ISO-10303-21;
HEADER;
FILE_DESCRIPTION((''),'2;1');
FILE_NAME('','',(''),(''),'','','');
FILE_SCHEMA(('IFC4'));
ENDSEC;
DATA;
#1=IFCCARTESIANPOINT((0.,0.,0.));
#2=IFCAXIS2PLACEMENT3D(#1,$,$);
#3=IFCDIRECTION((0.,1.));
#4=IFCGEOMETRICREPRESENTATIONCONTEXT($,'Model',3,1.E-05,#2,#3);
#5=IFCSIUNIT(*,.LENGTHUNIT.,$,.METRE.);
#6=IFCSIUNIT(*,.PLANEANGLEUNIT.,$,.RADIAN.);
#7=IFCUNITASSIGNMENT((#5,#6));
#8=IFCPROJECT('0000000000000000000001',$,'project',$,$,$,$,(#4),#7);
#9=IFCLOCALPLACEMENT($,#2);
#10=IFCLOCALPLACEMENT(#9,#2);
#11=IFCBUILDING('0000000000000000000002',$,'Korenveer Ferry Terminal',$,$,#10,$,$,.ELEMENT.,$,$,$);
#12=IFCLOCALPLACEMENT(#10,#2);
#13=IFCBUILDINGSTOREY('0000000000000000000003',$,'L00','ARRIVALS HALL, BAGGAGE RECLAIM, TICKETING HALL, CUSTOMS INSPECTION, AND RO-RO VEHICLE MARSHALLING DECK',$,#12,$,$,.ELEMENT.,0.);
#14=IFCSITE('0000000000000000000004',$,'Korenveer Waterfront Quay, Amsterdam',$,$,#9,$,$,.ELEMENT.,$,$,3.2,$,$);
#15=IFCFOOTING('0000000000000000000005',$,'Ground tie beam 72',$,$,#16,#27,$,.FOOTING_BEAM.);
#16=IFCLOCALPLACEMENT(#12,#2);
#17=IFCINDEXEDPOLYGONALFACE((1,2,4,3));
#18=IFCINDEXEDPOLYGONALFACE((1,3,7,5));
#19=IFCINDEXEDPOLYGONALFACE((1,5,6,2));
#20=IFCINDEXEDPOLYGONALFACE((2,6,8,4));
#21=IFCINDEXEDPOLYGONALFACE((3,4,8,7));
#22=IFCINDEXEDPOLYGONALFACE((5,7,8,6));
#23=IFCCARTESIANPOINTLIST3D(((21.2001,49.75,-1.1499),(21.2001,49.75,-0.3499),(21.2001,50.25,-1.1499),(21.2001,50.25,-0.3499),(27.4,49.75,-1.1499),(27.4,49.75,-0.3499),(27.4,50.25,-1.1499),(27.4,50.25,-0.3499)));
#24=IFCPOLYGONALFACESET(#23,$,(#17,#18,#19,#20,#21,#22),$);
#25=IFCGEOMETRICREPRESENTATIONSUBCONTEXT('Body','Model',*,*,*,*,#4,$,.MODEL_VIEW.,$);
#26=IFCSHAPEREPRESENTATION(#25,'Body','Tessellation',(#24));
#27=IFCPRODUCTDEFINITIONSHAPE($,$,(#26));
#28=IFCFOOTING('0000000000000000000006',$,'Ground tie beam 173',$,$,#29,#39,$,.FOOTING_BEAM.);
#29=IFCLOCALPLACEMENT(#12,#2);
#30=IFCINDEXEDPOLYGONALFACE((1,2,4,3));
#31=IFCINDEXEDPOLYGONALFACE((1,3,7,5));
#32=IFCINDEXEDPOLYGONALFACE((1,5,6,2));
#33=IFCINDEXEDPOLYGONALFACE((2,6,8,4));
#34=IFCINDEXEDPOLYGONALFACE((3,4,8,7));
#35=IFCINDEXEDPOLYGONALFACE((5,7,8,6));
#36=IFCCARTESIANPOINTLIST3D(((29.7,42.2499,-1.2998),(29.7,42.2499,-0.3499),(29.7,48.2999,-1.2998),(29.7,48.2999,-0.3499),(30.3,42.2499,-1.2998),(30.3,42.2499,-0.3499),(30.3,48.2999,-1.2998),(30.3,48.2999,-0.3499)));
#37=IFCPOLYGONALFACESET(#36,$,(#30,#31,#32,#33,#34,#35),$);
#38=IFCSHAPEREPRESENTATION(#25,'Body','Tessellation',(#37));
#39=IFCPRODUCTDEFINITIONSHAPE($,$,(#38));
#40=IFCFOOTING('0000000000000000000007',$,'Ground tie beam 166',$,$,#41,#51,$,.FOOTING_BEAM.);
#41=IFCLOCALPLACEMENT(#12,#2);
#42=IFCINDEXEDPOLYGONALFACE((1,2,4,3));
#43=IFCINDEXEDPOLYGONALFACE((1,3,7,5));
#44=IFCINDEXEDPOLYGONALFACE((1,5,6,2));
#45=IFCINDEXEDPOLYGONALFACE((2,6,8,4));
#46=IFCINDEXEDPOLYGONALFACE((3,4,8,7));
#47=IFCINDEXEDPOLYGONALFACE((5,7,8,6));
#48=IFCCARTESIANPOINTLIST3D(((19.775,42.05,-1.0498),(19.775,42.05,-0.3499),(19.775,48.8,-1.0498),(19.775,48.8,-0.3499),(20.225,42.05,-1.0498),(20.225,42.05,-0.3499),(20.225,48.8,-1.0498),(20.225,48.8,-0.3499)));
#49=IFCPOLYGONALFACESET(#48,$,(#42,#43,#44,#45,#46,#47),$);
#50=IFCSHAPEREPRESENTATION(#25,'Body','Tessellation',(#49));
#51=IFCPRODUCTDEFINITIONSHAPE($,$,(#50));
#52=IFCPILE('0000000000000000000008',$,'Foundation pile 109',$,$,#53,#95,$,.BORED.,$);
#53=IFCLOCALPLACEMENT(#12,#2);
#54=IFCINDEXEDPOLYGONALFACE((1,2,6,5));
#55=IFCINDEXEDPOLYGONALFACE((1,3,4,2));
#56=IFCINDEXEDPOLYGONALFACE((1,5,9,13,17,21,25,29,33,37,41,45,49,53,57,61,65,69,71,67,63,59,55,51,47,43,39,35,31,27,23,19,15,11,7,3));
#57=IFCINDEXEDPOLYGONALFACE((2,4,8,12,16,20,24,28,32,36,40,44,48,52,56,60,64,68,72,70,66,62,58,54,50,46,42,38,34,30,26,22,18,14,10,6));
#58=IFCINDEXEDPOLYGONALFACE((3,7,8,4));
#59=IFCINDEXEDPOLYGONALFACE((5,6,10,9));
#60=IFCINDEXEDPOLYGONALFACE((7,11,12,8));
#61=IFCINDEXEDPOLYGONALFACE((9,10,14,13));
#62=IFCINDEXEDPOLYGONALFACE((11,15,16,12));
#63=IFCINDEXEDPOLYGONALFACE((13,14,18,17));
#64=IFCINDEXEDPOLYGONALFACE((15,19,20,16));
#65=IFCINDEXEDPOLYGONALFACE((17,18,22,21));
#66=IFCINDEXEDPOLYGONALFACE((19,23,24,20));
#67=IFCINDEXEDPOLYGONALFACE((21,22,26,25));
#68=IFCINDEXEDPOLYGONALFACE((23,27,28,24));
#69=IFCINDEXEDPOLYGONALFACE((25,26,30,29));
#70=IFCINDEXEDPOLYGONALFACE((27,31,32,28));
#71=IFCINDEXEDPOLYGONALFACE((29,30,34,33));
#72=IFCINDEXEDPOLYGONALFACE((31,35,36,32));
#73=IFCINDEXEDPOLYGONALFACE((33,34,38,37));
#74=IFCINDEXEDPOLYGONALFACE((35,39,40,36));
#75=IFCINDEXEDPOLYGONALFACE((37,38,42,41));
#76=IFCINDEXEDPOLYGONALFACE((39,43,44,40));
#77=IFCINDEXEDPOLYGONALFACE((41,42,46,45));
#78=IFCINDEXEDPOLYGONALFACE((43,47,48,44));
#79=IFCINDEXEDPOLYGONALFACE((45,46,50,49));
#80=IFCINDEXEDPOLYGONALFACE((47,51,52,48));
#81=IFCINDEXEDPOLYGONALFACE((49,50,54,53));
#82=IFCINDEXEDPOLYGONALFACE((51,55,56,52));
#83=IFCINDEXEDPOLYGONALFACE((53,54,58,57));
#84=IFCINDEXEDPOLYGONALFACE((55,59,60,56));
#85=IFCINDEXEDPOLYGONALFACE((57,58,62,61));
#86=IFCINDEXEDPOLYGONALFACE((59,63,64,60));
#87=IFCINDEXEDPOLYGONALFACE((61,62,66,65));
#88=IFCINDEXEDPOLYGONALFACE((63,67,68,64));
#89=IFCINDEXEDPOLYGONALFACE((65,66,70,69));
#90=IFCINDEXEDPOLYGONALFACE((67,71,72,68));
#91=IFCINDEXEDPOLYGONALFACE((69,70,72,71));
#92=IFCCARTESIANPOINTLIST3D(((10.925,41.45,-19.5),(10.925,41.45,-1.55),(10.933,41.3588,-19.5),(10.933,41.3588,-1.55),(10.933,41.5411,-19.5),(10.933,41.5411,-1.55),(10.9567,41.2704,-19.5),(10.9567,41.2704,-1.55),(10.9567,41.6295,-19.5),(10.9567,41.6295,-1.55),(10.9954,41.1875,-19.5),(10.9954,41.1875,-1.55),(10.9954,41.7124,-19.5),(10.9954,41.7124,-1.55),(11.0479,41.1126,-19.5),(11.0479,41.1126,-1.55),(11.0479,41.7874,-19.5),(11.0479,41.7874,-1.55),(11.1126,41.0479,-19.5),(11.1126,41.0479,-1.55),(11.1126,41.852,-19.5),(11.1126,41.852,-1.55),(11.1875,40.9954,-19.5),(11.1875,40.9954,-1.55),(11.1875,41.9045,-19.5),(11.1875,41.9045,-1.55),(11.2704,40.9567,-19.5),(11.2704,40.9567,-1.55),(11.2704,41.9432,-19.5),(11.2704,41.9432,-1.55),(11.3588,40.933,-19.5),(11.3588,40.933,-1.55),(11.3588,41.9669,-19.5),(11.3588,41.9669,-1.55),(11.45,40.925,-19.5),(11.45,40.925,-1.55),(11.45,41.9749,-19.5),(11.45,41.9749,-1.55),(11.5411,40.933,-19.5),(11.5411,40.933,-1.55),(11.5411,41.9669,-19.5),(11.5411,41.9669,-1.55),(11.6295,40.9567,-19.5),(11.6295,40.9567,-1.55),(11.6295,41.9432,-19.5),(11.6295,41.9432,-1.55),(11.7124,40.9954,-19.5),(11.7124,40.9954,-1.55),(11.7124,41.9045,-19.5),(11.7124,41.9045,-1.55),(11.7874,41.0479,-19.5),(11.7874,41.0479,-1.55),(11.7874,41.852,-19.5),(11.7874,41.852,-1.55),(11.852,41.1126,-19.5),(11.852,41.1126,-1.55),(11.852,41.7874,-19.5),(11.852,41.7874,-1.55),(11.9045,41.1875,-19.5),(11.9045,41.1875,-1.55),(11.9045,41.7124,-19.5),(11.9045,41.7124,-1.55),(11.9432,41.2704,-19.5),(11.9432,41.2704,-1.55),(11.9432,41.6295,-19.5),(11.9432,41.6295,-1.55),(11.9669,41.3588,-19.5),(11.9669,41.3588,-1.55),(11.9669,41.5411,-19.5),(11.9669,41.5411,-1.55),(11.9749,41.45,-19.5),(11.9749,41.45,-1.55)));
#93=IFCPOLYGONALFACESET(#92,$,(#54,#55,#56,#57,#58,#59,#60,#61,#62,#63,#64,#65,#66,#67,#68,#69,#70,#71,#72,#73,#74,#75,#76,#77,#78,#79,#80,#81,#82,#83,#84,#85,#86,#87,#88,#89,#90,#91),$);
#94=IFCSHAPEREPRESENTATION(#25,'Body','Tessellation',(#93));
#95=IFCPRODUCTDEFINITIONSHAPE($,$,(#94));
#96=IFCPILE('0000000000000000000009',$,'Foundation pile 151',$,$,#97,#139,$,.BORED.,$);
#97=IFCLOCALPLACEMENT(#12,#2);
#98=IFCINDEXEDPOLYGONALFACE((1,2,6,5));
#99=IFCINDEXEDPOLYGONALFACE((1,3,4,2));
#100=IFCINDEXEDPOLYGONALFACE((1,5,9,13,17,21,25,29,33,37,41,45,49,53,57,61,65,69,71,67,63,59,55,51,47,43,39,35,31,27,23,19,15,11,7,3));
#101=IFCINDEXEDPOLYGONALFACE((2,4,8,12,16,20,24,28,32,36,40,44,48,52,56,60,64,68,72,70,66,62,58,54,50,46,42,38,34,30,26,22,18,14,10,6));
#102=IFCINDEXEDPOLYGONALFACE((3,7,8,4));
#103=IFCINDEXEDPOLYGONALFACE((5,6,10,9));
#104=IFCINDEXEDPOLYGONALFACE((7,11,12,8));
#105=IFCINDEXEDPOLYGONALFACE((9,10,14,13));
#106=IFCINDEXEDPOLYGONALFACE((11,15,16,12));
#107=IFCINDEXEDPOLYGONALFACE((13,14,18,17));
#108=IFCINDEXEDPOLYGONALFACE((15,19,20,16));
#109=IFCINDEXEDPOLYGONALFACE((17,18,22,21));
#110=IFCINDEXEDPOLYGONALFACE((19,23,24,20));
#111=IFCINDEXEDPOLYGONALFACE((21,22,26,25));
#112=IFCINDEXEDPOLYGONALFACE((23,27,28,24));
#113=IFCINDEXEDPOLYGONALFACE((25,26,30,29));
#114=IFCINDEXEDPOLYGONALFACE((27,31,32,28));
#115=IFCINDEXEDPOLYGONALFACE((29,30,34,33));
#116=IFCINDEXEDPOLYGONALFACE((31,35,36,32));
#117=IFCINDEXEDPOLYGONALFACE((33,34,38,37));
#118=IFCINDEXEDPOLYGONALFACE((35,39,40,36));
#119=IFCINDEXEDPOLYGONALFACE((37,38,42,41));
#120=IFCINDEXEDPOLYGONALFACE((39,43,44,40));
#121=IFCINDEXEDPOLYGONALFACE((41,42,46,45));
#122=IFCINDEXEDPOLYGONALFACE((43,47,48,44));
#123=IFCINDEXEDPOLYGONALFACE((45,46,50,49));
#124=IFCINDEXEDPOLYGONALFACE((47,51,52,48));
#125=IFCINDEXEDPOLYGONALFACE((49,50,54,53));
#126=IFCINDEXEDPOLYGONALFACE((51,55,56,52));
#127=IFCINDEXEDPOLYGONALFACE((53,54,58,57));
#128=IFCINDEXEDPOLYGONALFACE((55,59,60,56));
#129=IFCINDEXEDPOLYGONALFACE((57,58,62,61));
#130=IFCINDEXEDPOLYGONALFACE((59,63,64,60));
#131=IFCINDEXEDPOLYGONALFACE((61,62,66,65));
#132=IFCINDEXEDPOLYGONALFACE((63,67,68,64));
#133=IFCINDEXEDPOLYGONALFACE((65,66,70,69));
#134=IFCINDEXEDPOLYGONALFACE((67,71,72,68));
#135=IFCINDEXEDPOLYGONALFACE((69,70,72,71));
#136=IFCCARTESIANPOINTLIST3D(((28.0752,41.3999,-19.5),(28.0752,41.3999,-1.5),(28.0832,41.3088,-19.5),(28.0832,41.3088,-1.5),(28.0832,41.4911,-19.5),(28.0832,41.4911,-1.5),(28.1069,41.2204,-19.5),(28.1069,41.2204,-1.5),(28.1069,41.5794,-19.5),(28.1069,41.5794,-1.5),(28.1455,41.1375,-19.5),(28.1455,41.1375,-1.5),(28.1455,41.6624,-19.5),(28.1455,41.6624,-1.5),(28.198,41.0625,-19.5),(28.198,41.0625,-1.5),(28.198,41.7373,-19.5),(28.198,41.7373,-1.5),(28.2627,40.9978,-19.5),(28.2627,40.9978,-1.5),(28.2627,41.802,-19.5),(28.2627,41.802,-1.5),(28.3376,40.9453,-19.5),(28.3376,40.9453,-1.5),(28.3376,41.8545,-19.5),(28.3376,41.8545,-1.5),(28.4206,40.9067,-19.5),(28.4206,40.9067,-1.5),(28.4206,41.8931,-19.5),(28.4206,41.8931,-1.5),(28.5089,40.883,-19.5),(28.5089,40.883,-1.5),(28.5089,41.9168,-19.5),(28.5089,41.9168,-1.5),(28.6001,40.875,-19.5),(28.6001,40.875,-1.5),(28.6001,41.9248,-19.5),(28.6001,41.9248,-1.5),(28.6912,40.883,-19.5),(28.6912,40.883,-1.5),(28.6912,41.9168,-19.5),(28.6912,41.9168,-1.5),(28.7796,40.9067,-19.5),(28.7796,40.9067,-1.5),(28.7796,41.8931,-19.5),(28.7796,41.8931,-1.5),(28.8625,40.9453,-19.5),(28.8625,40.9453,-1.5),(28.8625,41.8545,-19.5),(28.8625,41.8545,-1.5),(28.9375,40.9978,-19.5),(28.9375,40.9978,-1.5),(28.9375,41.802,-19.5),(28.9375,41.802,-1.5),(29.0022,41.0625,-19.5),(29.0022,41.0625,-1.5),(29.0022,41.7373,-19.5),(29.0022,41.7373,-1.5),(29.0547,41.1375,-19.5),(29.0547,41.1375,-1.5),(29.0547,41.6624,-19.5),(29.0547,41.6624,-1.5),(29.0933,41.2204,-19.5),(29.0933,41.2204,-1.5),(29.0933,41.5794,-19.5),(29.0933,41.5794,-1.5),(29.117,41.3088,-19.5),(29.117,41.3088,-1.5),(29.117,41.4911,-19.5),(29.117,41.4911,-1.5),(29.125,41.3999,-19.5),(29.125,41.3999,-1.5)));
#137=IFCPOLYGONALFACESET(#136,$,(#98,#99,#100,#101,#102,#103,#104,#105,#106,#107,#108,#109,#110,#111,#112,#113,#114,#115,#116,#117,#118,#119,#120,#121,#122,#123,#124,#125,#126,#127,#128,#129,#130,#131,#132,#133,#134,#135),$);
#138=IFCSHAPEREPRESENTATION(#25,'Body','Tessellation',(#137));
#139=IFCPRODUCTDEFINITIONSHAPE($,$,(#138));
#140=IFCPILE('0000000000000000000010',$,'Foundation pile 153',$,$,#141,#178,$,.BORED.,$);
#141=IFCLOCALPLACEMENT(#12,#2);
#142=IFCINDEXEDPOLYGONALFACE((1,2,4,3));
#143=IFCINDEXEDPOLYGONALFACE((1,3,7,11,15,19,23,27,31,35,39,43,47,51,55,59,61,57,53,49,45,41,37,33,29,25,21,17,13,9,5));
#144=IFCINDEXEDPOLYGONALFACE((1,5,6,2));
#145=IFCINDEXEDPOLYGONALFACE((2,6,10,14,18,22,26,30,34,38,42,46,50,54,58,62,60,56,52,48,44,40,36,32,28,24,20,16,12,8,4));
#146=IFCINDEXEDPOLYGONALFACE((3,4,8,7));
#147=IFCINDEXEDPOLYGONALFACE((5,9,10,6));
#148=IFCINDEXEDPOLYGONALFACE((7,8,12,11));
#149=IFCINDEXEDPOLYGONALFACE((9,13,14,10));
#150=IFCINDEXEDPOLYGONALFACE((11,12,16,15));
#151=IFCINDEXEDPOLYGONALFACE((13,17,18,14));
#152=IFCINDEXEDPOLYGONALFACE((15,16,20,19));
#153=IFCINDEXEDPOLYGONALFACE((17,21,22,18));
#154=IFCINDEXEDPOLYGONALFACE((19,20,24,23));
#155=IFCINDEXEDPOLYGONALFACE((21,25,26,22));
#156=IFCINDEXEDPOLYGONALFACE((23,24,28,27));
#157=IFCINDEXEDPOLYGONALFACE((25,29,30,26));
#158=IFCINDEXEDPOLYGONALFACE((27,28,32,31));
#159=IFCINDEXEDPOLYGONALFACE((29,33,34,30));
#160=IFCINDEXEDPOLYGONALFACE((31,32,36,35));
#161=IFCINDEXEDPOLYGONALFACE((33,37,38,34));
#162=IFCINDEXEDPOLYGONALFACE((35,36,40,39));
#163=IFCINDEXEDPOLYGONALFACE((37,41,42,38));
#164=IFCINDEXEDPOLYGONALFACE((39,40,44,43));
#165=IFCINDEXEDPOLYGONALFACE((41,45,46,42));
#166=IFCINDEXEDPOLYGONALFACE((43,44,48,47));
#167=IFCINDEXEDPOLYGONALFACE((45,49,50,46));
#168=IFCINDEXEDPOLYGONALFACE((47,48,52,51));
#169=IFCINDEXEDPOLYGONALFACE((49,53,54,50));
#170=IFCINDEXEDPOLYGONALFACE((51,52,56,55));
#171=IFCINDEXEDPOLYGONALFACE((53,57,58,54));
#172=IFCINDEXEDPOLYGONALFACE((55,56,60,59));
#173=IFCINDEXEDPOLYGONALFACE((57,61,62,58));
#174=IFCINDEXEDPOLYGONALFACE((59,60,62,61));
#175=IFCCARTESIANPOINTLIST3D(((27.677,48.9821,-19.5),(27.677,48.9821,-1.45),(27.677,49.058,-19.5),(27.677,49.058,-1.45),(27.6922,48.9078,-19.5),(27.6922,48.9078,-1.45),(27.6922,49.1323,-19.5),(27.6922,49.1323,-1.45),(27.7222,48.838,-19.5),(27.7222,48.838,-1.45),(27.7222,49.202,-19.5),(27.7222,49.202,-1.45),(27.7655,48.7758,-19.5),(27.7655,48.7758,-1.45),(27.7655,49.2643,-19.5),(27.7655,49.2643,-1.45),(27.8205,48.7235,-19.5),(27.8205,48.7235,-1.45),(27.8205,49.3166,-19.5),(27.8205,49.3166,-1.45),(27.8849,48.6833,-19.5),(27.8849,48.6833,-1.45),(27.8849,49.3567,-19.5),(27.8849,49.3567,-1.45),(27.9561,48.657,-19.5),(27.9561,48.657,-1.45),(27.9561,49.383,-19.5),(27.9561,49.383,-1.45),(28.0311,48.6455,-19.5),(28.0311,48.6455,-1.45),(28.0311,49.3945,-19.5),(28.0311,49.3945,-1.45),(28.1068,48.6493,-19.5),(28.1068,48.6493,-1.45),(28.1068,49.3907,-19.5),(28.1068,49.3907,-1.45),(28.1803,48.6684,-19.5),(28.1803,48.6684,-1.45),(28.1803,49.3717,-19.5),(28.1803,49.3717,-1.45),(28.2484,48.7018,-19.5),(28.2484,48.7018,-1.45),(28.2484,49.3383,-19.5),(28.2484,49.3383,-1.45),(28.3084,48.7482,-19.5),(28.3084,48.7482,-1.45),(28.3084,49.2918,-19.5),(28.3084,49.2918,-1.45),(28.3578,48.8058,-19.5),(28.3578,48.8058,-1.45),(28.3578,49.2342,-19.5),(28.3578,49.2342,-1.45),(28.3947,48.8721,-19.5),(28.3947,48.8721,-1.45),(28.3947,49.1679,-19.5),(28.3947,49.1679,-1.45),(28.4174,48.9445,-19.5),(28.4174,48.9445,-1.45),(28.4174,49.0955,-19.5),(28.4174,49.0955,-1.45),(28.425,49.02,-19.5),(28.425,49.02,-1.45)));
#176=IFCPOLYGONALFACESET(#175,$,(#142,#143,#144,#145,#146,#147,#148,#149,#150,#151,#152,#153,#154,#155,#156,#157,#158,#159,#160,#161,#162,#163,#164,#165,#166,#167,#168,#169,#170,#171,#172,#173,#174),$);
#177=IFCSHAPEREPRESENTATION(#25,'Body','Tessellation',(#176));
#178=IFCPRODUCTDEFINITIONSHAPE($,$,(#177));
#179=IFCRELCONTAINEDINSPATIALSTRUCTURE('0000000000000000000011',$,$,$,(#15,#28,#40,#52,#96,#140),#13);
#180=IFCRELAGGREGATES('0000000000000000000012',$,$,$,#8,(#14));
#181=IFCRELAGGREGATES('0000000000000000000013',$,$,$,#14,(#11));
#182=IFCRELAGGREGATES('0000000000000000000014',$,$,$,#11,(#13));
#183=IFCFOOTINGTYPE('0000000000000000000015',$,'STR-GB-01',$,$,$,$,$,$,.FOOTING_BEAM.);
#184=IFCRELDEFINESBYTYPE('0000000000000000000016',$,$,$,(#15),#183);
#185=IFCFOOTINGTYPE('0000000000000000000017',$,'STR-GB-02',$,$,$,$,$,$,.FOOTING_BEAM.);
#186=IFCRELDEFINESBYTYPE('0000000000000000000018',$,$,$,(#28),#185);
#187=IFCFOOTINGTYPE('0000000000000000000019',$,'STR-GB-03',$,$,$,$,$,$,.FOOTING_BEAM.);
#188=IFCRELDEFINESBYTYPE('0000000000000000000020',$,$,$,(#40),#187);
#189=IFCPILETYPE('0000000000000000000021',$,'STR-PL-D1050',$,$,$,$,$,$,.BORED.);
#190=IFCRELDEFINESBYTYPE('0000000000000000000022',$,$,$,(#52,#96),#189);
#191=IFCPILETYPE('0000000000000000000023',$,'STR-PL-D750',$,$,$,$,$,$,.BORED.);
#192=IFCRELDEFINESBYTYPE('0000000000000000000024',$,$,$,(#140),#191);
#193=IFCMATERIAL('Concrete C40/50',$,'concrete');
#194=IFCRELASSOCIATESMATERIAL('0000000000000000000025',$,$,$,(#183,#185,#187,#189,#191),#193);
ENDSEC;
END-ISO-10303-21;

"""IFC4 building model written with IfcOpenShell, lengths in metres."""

from ifc_helpers import new_model, si_unit, direction, frame, origin, origin_2d, place, context, subcontext, project, spatial, rectangle, circle, extrude, material, material_profile, profile_set, type_object, element, save


model = new_model("IFC4")

# Units and contexts
model_context = context("Model", 3, precision=1e-05, world=origin(), true_north=direction((0.0, 1.0)))
body_context = subcontext(model_context, "Body", "Model", "MODEL_VIEW")
ifc_project = project(units=[si_unit("LENGTHUNIT", "METRE"), si_unit("PLANEANGLEUNIT", "RADIAN")], contexts=[model_context])

# Site, building, storey
site_placement = place(None, origin())
site = spatial("IfcSite", under=ifc_project, at=site_placement, Name="Korenveer Waterfront Quay, Amsterdam", CompositionType="ELEMENT", RefElevation=3.2)
building_placement = place(site_placement, origin())
building = spatial("IfcBuilding", under=site, at=building_placement, Name="Korenveer Ferry Terminal", CompositionType="ELEMENT")
storey_placement = place(building_placement, origin())
storey = spatial("IfcBuildingStorey", under=building, at=storey_placement, Name="L00", Description="ARRIVALS HALL, BAGGAGE RECLAIM, TICKETING HALL, CUSTOMS INSPECTION, AND RO-RO VEHICLE MARSHALLING DECK", CompositionType="ELEMENT", Elevation=0.0)

# Footings
ifc_material_1 = material(Name="Concrete C40/50", Category="concrete")
footing_type_1 = type_object("IfcFootingType", Name="STR-GB-01", PredefinedType="FOOTING_BEAM", material=ifc_material_1)
footing_1_placement = place(storey_placement, frame((24.3, 50.0, -1.1499), z_axis=(0.0, 0.0, 1.0), x_axis=(1.0, 0.0, 0.0)))
element("IfcFooting", 1, at=footing_1_placement, inside=storey, type_object=footing_type_1, Name="Ground tie beam 72", PredefinedType="FOOTING_BEAM", context=body_context, shape_type="SweptSolid", body=[
    extrude(rectangle(XDim=6.2, YDim=0.5, at=origin_2d()), origin(), (0.0, 0.0, 1.0), 0.8),
])
footing_type_2 = type_object("IfcFootingType", Name="STR-GB-02", PredefinedType="FOOTING_BEAM", material=ifc_material_1)
footing_2_placement = place(storey_placement, frame((30.0, 45.2749, -1.2998), z_axis=(0.0, 0.0, 1.0), x_axis=(1.0, 0.0, 0.0)))
element("IfcFooting", 2, at=footing_2_placement, inside=storey, type_object=footing_type_2, Name="Ground tie beam 173", PredefinedType="FOOTING_BEAM", context=body_context, shape_type="SweptSolid", body=[
    extrude(rectangle(XDim=0.6001, YDim=6.05, at=origin_2d()), origin(), (0.0, 0.0, 1.0), 0.95),
])
footing_type_3 = type_object("IfcFootingType", Name="STR-GB-03", PredefinedType="FOOTING_BEAM", material=ifc_material_1)
footing_3_placement = place(storey_placement, frame((20.0, 45.425, -1.0498), z_axis=(0.0, 0.0, 1.0), x_axis=(1.0, 0.0, 0.0)))
element("IfcFooting", 3, at=footing_3_placement, inside=storey, type_object=footing_type_3, Name="Ground tie beam 166", PredefinedType="FOOTING_BEAM", context=body_context, shape_type="SweptSolid", body=[
    extrude(rectangle(XDim=0.45, YDim=6.75, at=origin_2d()), origin(), (0.0, 0.0, 1.0), 0.7),
])

# Piles
ifc_material_profile_1 = material_profile(ifc_material_1, circle(Radius=0.5249, at=origin_2d()), Name="PILE D1050")
ifc_profile_set_1 = profile_set([ifc_material_profile_1], Name="Concrete C40/50")
pile_type_1 = type_object("IfcPileType", Name="STR-PL-D1050", PredefinedType="BORED", material=ifc_profile_set_1)
pile_1_placement = place(storey_placement, frame((11.45, 41.45, -1.55), z_axis=(0.0, 0.0, -1.0), x_axis=(1.0, 0.0, 0.0)))
element("IfcPile", 4, at=pile_1_placement, inside=storey, type_object=pile_type_1, Name="Foundation pile 109", PredefinedType="BORED", context=body_context, shape_type="SweptSolid", body=[
    extrude(circle(Radius=0.5249, at=origin_2d()), origin(), (0.0, 0.0, 1.0), 17.95),
])
pile_2_placement = place(storey_placement, frame((28.6001, 41.3999, -1.5), z_axis=(0.0, 0.0, -1.0), x_axis=(1.0, 0.0, 0.0)))
element("IfcPile", 5, at=pile_2_placement, inside=storey, type_object=pile_type_1, Name="Foundation pile 151", PredefinedType="BORED", context=body_context, shape_type="SweptSolid", body=[
    extrude(circle(Radius=0.5249, at=origin_2d()), origin(), (0.0, 0.0, 1.0), 18.0),
])
ifc_material_profile_2 = material_profile(ifc_material_1, circle(Radius=0.375, at=origin_2d()), Name="PILE D750")
ifc_profile_set_2 = profile_set([ifc_material_profile_2], Name="Concrete C40/50")
pile_type_2 = type_object("IfcPileType", Name="STR-PL-D750", PredefinedType="BORED", material=ifc_profile_set_2)
for number, where, z_axis, x_axis, name in (
    (6, (28.05, 49.02, -1.45), (0.0, 0.0, -1.0), (1.0, 0.0, 0.0), "Foundation pile 153"),
):
    element("IfcPile", number, at=place(storey_placement, frame(where, z_axis=z_axis, x_axis=x_axis)), inside=storey, type_object=pile_type_2, Name=name, PredefinedType="BORED", context=body_context, shape_type="SweptSolid", body=[
        extrude(circle(Radius=0.375, at=origin_2d()), origin(), (0.0, 0.0, 1.0), 18.05),
    ])

save(model, "model.ifc")
